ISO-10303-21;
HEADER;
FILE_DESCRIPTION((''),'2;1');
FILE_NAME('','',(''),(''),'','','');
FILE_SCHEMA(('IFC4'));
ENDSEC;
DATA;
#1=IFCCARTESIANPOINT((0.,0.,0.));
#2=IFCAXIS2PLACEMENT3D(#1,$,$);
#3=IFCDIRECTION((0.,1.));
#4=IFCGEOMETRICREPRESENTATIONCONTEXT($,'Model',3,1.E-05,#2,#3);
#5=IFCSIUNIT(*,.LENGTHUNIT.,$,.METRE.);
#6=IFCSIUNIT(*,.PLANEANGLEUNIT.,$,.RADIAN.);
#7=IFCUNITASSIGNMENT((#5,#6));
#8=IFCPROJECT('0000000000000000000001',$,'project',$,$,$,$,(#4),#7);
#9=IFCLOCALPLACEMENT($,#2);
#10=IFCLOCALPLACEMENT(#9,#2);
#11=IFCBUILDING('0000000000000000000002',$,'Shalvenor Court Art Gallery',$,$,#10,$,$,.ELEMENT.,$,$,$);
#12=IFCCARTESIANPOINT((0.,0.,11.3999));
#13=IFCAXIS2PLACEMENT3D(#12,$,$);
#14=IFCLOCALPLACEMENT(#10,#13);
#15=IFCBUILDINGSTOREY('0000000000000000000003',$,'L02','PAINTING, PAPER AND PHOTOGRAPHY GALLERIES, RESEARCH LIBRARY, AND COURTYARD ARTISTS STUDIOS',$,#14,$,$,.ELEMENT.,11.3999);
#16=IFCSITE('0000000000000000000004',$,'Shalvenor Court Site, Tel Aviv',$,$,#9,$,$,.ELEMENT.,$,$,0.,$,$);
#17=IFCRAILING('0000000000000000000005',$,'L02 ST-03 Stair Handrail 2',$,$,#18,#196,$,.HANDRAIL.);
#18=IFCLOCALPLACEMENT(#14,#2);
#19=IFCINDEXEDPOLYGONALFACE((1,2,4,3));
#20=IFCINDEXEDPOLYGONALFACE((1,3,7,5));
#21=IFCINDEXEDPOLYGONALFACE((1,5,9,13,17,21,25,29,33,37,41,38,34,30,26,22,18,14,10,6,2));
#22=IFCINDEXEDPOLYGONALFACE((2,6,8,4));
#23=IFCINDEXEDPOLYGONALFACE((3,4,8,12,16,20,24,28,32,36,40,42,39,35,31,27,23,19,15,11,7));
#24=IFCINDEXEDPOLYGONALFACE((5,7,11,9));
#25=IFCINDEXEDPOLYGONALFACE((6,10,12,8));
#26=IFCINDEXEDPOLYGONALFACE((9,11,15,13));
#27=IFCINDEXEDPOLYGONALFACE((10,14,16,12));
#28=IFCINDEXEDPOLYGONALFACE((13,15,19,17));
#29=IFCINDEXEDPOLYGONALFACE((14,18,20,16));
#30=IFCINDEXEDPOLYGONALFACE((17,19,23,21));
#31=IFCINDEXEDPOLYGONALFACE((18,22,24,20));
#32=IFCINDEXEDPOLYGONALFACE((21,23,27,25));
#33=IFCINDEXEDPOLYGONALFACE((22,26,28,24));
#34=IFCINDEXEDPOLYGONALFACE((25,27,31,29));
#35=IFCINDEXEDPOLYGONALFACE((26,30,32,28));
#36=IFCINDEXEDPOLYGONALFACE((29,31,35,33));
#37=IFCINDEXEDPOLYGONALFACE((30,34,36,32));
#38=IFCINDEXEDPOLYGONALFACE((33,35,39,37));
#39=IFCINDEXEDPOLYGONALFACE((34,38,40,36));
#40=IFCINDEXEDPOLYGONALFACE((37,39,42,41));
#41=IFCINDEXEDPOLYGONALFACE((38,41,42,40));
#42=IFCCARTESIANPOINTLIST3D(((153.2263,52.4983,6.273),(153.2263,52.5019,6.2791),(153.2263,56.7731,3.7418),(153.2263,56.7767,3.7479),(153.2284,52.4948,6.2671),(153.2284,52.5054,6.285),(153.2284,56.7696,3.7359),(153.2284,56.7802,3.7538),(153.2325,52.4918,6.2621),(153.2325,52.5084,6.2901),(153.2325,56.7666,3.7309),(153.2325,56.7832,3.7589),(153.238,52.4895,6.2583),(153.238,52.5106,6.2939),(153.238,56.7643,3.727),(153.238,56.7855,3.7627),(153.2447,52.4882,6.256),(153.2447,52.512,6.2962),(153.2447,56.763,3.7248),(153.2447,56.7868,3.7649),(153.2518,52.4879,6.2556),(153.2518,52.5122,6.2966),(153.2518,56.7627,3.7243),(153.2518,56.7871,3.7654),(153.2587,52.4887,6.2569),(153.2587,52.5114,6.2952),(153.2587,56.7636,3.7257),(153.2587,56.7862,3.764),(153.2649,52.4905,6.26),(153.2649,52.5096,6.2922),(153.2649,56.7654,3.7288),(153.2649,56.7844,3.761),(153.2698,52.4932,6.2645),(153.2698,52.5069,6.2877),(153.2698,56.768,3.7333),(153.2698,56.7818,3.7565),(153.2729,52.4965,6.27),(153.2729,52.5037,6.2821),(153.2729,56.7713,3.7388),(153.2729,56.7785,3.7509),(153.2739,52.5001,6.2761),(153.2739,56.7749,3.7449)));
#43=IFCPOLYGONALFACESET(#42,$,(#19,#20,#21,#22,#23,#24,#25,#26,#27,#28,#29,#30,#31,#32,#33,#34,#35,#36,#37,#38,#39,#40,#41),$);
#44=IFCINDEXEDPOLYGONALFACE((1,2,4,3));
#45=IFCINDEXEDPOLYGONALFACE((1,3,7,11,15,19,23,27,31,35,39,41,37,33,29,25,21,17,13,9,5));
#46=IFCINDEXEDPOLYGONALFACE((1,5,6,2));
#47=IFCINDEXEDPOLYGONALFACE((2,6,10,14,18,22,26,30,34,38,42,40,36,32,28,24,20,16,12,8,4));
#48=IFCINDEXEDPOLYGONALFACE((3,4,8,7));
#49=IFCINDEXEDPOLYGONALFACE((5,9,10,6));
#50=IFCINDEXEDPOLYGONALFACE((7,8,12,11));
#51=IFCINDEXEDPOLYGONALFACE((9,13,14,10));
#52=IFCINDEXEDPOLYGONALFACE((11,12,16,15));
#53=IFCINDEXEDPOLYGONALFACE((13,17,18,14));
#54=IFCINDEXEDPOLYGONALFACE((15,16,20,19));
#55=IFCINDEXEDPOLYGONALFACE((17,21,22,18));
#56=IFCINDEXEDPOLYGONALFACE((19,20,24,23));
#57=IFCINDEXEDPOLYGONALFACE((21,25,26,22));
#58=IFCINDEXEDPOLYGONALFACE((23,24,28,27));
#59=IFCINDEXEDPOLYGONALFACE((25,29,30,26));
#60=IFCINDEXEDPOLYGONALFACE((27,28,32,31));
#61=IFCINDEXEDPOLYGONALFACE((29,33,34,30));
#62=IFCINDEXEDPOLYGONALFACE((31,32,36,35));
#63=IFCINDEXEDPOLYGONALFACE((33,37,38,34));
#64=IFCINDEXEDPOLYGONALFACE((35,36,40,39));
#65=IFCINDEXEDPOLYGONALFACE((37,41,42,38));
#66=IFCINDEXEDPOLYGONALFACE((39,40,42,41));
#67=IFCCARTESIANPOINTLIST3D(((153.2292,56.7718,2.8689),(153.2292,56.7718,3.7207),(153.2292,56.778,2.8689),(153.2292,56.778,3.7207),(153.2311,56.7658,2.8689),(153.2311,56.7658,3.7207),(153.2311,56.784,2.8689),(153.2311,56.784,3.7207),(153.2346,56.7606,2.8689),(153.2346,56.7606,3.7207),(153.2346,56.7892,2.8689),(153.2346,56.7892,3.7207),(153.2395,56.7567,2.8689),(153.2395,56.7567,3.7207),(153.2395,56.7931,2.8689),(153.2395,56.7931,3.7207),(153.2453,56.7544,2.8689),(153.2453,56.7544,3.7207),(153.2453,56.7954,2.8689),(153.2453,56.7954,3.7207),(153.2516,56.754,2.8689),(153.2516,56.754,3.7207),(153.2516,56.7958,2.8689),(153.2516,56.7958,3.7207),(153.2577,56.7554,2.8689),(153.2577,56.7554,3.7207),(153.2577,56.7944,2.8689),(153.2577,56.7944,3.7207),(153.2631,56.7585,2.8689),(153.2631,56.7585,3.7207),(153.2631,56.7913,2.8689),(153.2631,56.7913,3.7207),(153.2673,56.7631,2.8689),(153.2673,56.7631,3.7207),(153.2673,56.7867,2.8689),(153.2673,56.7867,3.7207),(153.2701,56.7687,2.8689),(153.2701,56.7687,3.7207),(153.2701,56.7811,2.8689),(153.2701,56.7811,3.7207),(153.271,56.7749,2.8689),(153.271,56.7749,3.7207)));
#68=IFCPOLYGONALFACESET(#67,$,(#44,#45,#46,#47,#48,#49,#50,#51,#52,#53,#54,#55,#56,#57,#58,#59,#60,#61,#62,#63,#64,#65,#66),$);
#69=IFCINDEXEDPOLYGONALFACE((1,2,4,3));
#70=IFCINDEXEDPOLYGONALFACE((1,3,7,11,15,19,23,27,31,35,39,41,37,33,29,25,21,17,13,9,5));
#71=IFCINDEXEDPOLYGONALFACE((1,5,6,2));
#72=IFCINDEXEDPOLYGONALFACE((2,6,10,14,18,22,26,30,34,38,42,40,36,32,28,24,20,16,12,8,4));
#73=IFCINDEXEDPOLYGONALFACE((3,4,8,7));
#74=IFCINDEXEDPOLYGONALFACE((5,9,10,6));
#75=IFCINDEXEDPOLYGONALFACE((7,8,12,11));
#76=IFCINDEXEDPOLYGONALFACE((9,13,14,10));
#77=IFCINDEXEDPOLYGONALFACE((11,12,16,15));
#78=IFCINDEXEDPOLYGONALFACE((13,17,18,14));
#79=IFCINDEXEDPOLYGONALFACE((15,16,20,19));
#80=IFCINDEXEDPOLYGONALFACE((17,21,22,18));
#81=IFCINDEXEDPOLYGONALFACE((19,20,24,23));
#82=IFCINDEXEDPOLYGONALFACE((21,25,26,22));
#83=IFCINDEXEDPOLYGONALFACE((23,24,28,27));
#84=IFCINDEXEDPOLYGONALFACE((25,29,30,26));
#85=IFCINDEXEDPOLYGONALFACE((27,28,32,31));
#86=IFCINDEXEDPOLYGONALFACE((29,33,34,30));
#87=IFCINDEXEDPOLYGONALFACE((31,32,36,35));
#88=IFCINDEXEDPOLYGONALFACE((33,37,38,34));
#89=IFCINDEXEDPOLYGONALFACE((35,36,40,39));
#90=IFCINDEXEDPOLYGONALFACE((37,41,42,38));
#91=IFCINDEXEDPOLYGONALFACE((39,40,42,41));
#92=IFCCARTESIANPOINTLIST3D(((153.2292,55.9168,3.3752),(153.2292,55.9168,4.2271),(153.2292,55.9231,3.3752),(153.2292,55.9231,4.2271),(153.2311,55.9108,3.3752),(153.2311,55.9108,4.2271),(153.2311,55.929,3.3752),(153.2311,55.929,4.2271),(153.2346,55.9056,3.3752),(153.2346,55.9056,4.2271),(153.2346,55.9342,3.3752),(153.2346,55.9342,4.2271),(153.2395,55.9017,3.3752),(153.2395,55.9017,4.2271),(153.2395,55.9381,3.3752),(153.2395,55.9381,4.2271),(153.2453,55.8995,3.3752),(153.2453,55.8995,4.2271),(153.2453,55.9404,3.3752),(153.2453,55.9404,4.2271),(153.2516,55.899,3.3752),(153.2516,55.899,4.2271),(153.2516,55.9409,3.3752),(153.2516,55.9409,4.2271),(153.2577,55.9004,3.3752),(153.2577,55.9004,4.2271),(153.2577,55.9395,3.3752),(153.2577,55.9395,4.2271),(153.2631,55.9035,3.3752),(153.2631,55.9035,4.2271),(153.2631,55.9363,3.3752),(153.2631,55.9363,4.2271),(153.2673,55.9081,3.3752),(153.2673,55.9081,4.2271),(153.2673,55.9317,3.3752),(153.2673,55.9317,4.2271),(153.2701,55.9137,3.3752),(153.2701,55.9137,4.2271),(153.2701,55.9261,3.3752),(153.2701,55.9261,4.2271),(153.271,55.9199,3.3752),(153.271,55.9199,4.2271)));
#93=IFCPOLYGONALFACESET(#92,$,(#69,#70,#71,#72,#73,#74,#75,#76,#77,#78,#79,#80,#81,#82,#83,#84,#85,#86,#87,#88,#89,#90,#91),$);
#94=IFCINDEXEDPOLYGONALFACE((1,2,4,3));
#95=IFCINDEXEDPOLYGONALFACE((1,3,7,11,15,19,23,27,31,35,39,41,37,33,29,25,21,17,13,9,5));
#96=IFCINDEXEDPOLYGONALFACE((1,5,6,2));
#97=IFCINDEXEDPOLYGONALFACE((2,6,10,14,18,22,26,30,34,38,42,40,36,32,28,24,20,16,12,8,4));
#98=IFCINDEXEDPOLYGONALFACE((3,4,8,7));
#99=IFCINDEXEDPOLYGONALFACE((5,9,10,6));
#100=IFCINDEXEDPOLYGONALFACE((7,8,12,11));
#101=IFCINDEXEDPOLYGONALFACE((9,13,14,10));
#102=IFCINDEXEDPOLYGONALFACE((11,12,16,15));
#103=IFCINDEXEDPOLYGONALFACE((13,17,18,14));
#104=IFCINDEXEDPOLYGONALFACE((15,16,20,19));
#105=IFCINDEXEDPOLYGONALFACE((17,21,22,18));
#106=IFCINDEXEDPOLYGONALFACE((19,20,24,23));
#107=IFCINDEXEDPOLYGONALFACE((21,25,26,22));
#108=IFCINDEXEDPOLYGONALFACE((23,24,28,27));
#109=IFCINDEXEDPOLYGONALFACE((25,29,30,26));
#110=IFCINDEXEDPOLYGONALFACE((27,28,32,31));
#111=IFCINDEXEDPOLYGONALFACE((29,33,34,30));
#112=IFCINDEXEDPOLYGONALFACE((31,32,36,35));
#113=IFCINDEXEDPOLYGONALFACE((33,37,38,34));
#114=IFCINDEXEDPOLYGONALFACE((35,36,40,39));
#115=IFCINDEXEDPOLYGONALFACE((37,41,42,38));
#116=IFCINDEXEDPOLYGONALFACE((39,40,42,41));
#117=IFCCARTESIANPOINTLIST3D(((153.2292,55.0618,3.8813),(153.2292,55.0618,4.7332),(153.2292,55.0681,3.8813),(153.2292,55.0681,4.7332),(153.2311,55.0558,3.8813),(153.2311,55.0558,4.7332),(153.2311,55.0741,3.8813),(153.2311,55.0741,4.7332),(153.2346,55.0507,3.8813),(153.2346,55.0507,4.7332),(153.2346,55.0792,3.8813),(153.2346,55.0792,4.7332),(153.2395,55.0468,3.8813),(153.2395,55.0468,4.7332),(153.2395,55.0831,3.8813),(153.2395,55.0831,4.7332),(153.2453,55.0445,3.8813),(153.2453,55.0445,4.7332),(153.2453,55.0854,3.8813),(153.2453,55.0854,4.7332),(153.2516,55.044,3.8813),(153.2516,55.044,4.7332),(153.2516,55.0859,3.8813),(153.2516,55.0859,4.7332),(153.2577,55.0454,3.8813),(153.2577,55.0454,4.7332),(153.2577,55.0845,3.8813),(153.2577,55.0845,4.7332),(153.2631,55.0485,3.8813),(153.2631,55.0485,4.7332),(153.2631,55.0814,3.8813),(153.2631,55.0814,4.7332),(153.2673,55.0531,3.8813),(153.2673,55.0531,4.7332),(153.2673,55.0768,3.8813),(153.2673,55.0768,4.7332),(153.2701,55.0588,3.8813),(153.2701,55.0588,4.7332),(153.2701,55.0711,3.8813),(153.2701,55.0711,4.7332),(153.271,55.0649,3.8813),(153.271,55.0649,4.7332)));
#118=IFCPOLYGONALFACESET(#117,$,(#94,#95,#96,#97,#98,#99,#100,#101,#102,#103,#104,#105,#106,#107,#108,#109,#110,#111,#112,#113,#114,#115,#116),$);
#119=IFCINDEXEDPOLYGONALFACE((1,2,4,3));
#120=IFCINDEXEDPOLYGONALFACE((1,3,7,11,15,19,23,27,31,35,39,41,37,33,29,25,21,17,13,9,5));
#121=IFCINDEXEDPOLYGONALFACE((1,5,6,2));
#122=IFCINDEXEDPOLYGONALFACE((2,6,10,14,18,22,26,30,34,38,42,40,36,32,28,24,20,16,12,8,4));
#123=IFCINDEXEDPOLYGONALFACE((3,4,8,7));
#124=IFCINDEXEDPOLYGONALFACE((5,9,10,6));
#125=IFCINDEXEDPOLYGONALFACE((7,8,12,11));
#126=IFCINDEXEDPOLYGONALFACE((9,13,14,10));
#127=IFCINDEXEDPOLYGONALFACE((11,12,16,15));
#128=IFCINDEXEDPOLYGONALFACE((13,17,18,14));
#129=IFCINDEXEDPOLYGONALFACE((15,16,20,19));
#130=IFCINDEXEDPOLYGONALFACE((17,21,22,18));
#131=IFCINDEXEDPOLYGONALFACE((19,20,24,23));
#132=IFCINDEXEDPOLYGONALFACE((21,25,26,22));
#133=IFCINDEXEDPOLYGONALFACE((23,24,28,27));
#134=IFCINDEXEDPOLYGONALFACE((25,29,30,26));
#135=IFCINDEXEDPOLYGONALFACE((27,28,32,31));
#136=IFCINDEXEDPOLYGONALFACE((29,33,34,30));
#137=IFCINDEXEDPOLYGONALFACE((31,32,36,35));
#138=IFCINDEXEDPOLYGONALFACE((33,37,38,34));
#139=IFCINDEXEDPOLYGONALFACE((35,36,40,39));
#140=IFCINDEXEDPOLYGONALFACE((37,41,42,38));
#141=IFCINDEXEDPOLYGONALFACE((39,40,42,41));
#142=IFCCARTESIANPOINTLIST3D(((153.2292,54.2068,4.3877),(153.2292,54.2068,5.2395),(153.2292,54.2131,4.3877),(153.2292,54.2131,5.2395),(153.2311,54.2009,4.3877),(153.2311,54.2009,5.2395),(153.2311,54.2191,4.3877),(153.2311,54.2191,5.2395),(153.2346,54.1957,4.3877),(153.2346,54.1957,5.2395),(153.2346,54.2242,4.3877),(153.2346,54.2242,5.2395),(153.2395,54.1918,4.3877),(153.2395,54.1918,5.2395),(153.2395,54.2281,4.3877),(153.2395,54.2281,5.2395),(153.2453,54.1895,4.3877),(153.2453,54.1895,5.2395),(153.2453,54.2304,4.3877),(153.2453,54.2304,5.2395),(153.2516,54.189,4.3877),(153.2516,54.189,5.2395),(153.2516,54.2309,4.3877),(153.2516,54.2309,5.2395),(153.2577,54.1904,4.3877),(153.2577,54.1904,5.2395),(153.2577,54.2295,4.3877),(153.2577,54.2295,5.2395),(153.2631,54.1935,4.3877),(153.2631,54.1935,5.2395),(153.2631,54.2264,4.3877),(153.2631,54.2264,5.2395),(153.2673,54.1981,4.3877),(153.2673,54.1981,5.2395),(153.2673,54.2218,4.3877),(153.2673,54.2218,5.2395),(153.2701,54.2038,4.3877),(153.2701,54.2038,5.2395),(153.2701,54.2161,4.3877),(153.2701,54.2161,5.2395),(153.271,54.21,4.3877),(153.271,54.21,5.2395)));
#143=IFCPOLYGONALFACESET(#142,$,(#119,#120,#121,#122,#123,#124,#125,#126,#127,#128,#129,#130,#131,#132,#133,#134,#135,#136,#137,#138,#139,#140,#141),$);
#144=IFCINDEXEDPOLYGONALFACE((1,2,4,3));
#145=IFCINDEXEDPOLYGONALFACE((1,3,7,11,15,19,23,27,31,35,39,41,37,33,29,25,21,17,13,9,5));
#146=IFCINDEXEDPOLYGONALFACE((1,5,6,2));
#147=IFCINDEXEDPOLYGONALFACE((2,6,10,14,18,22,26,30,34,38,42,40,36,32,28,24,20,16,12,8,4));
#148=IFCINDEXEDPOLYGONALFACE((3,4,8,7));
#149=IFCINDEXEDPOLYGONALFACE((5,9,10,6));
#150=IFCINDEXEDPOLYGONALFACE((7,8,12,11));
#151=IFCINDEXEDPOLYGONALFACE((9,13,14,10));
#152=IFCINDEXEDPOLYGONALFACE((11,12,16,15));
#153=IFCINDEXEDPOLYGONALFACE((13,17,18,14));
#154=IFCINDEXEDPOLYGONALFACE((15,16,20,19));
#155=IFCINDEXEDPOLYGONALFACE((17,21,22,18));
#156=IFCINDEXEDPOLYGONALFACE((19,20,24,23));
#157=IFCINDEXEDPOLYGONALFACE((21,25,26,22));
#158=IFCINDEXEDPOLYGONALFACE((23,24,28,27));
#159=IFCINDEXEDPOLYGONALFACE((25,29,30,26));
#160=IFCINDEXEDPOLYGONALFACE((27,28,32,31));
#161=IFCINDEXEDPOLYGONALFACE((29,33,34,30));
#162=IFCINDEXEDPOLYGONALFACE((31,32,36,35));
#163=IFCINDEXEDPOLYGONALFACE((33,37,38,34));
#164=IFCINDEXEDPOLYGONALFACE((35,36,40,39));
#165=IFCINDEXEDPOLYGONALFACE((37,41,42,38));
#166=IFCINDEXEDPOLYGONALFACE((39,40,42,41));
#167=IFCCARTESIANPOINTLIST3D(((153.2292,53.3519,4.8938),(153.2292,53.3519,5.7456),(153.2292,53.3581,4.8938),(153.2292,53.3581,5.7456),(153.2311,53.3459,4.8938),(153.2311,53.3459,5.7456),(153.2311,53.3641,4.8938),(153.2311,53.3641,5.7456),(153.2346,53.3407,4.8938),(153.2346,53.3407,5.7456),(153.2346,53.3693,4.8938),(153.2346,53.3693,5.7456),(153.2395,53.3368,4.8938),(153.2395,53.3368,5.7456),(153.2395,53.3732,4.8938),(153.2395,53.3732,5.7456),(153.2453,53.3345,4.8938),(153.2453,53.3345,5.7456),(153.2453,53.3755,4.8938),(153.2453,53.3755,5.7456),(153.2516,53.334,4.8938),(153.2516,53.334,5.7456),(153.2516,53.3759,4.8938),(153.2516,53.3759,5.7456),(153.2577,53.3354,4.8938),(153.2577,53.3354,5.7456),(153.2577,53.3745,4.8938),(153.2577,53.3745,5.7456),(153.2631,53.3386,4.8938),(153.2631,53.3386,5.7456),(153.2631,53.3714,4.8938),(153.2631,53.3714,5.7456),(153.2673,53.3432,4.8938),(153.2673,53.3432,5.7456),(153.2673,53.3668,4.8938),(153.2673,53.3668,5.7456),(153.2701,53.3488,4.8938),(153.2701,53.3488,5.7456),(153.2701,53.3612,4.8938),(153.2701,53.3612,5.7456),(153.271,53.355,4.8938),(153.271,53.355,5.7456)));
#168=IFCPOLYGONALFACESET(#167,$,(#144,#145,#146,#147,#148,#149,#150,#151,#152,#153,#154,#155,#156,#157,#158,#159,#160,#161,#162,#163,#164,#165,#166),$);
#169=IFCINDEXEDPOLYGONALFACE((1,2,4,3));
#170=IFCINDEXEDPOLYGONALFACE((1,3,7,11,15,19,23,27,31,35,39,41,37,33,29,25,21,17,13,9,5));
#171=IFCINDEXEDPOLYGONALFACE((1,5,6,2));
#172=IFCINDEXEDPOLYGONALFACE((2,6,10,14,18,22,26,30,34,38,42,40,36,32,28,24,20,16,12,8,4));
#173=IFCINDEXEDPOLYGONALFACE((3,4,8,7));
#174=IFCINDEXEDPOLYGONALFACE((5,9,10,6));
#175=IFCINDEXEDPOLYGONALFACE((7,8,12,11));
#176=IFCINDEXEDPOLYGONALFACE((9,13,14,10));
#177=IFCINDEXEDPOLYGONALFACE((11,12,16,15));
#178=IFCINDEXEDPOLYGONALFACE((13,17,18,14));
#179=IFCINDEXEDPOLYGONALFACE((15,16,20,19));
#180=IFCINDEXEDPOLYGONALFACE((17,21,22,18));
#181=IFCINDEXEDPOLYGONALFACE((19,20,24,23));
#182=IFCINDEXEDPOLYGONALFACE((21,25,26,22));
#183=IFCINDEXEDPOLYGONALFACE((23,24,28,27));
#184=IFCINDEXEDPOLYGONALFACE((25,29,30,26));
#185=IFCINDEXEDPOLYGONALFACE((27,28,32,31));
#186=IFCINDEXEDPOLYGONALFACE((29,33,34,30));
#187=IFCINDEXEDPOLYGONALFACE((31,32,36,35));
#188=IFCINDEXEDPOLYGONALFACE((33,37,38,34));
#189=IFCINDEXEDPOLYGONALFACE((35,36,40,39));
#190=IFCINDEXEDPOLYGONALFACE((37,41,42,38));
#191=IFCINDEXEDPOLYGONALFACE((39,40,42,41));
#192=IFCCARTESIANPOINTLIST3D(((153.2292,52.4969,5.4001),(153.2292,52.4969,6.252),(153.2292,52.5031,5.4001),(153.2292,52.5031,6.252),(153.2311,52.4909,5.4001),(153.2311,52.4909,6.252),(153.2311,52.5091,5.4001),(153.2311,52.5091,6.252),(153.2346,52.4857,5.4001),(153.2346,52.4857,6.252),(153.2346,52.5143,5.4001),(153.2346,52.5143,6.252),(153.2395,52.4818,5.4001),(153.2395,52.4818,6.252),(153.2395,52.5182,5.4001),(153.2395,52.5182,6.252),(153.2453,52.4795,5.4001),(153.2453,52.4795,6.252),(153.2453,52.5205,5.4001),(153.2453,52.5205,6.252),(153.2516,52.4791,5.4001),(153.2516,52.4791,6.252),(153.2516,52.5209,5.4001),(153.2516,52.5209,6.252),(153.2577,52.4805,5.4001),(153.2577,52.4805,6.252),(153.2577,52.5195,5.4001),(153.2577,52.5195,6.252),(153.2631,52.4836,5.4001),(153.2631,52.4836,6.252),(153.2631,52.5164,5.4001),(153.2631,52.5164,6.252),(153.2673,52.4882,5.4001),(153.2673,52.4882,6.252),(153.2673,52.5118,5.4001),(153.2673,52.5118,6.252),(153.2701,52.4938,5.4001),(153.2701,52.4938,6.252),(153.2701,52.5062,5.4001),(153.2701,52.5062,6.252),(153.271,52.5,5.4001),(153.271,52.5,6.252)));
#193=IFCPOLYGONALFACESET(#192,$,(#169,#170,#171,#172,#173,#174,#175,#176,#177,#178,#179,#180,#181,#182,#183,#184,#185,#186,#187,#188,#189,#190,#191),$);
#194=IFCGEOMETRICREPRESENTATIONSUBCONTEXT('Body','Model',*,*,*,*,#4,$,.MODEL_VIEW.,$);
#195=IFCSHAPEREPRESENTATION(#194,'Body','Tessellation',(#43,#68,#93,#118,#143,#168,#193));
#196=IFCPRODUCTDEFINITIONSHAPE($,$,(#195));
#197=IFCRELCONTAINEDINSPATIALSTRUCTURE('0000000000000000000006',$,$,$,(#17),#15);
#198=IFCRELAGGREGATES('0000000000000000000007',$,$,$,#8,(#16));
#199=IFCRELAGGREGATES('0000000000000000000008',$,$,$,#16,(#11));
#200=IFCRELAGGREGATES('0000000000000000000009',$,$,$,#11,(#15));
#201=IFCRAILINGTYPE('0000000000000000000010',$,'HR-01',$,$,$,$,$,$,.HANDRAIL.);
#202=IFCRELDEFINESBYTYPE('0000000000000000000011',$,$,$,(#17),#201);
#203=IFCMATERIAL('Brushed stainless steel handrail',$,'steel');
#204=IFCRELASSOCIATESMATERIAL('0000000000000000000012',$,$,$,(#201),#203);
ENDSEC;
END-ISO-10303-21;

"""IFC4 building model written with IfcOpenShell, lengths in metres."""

from ifc_helpers import new_model, si_unit, direction, frame, origin, origin_2d, place, context, subcontext, project, spatial, circle, extrude, material, type_object, element, save


model = new_model("IFC4")

# Units and contexts
model_context = context("Model", 3, precision=1e-05, world=origin(), true_north=direction((0.0, 1.0)))
body_context = subcontext(model_context, "Body", "Model", "MODEL_VIEW")
ifc_project = project(units=[si_unit("LENGTHUNIT", "METRE"), si_unit("PLANEANGLEUNIT", "RADIAN")], contexts=[model_context])

# Site, building, storey
site_placement = place(None, origin())
site = spatial("IfcSite", under=ifc_project, at=site_placement, Name="Shalvenor Court Site, Tel Aviv", CompositionType="ELEMENT", RefElevation=0.0)
building_placement = place(site_placement, origin())
building = spatial("IfcBuilding", under=site, at=building_placement, Name="Shalvenor Court Art Gallery", CompositionType="ELEMENT")
storey_placement = place(building_placement, frame((0.0, 0.0, 11.3999)))
storey = spatial("IfcBuildingStorey", under=building, at=storey_placement, Name="L02", Description="PAINTING, PAPER AND PHOTOGRAPHY GALLERIES, RESEARCH LIBRARY, AND COURTYARD ARTISTS STUDIOS", CompositionType="ELEMENT", Elevation=11.3999)

# Railing
ifc_material_1 = material(Name="Brushed stainless steel handrail", Category="steel")
railing_type_1 = type_object("IfcRailingType", Name="HR-01", PredefinedType="HANDRAIL", material=ifc_material_1)
railing_1_placement = place(storey_placement, frame((153.25, 56.7749, 2.8689)))
element("IfcRailing", 1, at=railing_1_placement, inside=storey, type_object=railing_type_1, Name="L02 ST-03 Stair Handrail 2", PredefinedType="HANDRAIL", context=body_context, shape_type="SweptSolid", body=[
    extrude(circle(Radius=0.0239, at=origin_2d()), frame((0.0, 0.0, 0.876), z_axis=(0.0, -0.86047, 0.509501), x_axis=(1.0, 0.0, 0.0)), (0.0, 0.0, 1.0), 4.968),
    extrude(circle(Radius=0.021, at=origin_2d()), origin(), (0.0, 0.0, 1.0), 0.8518),
    extrude(circle(Radius=0.021, at=origin_2d()), frame((0.0, -0.855, 0.5063)), (0.0, 0.0, 1.0), 0.8518),
    extrude(circle(Radius=0.021, at=origin_2d()), frame((0.0, -1.71, 1.0125)), (0.0, 0.0, 1.0), 0.8518),
    extrude(circle(Radius=0.021, at=origin_2d()), frame((0.0, -2.5649, 1.5188)), (0.0, 0.0, 1.0), 0.8518),
    extrude(circle(Radius=0.021, at=origin_2d()), frame((0.0, -3.4199, 2.0249)), (0.0, 0.0, 1.0), 0.8518),
    extrude(circle(Radius=0.021, at=origin_2d()), frame((0.0, -4.2749, 2.5312)), (0.0, 0.0, 1.0), 0.8518),
])

save(model, "model.ifc")
